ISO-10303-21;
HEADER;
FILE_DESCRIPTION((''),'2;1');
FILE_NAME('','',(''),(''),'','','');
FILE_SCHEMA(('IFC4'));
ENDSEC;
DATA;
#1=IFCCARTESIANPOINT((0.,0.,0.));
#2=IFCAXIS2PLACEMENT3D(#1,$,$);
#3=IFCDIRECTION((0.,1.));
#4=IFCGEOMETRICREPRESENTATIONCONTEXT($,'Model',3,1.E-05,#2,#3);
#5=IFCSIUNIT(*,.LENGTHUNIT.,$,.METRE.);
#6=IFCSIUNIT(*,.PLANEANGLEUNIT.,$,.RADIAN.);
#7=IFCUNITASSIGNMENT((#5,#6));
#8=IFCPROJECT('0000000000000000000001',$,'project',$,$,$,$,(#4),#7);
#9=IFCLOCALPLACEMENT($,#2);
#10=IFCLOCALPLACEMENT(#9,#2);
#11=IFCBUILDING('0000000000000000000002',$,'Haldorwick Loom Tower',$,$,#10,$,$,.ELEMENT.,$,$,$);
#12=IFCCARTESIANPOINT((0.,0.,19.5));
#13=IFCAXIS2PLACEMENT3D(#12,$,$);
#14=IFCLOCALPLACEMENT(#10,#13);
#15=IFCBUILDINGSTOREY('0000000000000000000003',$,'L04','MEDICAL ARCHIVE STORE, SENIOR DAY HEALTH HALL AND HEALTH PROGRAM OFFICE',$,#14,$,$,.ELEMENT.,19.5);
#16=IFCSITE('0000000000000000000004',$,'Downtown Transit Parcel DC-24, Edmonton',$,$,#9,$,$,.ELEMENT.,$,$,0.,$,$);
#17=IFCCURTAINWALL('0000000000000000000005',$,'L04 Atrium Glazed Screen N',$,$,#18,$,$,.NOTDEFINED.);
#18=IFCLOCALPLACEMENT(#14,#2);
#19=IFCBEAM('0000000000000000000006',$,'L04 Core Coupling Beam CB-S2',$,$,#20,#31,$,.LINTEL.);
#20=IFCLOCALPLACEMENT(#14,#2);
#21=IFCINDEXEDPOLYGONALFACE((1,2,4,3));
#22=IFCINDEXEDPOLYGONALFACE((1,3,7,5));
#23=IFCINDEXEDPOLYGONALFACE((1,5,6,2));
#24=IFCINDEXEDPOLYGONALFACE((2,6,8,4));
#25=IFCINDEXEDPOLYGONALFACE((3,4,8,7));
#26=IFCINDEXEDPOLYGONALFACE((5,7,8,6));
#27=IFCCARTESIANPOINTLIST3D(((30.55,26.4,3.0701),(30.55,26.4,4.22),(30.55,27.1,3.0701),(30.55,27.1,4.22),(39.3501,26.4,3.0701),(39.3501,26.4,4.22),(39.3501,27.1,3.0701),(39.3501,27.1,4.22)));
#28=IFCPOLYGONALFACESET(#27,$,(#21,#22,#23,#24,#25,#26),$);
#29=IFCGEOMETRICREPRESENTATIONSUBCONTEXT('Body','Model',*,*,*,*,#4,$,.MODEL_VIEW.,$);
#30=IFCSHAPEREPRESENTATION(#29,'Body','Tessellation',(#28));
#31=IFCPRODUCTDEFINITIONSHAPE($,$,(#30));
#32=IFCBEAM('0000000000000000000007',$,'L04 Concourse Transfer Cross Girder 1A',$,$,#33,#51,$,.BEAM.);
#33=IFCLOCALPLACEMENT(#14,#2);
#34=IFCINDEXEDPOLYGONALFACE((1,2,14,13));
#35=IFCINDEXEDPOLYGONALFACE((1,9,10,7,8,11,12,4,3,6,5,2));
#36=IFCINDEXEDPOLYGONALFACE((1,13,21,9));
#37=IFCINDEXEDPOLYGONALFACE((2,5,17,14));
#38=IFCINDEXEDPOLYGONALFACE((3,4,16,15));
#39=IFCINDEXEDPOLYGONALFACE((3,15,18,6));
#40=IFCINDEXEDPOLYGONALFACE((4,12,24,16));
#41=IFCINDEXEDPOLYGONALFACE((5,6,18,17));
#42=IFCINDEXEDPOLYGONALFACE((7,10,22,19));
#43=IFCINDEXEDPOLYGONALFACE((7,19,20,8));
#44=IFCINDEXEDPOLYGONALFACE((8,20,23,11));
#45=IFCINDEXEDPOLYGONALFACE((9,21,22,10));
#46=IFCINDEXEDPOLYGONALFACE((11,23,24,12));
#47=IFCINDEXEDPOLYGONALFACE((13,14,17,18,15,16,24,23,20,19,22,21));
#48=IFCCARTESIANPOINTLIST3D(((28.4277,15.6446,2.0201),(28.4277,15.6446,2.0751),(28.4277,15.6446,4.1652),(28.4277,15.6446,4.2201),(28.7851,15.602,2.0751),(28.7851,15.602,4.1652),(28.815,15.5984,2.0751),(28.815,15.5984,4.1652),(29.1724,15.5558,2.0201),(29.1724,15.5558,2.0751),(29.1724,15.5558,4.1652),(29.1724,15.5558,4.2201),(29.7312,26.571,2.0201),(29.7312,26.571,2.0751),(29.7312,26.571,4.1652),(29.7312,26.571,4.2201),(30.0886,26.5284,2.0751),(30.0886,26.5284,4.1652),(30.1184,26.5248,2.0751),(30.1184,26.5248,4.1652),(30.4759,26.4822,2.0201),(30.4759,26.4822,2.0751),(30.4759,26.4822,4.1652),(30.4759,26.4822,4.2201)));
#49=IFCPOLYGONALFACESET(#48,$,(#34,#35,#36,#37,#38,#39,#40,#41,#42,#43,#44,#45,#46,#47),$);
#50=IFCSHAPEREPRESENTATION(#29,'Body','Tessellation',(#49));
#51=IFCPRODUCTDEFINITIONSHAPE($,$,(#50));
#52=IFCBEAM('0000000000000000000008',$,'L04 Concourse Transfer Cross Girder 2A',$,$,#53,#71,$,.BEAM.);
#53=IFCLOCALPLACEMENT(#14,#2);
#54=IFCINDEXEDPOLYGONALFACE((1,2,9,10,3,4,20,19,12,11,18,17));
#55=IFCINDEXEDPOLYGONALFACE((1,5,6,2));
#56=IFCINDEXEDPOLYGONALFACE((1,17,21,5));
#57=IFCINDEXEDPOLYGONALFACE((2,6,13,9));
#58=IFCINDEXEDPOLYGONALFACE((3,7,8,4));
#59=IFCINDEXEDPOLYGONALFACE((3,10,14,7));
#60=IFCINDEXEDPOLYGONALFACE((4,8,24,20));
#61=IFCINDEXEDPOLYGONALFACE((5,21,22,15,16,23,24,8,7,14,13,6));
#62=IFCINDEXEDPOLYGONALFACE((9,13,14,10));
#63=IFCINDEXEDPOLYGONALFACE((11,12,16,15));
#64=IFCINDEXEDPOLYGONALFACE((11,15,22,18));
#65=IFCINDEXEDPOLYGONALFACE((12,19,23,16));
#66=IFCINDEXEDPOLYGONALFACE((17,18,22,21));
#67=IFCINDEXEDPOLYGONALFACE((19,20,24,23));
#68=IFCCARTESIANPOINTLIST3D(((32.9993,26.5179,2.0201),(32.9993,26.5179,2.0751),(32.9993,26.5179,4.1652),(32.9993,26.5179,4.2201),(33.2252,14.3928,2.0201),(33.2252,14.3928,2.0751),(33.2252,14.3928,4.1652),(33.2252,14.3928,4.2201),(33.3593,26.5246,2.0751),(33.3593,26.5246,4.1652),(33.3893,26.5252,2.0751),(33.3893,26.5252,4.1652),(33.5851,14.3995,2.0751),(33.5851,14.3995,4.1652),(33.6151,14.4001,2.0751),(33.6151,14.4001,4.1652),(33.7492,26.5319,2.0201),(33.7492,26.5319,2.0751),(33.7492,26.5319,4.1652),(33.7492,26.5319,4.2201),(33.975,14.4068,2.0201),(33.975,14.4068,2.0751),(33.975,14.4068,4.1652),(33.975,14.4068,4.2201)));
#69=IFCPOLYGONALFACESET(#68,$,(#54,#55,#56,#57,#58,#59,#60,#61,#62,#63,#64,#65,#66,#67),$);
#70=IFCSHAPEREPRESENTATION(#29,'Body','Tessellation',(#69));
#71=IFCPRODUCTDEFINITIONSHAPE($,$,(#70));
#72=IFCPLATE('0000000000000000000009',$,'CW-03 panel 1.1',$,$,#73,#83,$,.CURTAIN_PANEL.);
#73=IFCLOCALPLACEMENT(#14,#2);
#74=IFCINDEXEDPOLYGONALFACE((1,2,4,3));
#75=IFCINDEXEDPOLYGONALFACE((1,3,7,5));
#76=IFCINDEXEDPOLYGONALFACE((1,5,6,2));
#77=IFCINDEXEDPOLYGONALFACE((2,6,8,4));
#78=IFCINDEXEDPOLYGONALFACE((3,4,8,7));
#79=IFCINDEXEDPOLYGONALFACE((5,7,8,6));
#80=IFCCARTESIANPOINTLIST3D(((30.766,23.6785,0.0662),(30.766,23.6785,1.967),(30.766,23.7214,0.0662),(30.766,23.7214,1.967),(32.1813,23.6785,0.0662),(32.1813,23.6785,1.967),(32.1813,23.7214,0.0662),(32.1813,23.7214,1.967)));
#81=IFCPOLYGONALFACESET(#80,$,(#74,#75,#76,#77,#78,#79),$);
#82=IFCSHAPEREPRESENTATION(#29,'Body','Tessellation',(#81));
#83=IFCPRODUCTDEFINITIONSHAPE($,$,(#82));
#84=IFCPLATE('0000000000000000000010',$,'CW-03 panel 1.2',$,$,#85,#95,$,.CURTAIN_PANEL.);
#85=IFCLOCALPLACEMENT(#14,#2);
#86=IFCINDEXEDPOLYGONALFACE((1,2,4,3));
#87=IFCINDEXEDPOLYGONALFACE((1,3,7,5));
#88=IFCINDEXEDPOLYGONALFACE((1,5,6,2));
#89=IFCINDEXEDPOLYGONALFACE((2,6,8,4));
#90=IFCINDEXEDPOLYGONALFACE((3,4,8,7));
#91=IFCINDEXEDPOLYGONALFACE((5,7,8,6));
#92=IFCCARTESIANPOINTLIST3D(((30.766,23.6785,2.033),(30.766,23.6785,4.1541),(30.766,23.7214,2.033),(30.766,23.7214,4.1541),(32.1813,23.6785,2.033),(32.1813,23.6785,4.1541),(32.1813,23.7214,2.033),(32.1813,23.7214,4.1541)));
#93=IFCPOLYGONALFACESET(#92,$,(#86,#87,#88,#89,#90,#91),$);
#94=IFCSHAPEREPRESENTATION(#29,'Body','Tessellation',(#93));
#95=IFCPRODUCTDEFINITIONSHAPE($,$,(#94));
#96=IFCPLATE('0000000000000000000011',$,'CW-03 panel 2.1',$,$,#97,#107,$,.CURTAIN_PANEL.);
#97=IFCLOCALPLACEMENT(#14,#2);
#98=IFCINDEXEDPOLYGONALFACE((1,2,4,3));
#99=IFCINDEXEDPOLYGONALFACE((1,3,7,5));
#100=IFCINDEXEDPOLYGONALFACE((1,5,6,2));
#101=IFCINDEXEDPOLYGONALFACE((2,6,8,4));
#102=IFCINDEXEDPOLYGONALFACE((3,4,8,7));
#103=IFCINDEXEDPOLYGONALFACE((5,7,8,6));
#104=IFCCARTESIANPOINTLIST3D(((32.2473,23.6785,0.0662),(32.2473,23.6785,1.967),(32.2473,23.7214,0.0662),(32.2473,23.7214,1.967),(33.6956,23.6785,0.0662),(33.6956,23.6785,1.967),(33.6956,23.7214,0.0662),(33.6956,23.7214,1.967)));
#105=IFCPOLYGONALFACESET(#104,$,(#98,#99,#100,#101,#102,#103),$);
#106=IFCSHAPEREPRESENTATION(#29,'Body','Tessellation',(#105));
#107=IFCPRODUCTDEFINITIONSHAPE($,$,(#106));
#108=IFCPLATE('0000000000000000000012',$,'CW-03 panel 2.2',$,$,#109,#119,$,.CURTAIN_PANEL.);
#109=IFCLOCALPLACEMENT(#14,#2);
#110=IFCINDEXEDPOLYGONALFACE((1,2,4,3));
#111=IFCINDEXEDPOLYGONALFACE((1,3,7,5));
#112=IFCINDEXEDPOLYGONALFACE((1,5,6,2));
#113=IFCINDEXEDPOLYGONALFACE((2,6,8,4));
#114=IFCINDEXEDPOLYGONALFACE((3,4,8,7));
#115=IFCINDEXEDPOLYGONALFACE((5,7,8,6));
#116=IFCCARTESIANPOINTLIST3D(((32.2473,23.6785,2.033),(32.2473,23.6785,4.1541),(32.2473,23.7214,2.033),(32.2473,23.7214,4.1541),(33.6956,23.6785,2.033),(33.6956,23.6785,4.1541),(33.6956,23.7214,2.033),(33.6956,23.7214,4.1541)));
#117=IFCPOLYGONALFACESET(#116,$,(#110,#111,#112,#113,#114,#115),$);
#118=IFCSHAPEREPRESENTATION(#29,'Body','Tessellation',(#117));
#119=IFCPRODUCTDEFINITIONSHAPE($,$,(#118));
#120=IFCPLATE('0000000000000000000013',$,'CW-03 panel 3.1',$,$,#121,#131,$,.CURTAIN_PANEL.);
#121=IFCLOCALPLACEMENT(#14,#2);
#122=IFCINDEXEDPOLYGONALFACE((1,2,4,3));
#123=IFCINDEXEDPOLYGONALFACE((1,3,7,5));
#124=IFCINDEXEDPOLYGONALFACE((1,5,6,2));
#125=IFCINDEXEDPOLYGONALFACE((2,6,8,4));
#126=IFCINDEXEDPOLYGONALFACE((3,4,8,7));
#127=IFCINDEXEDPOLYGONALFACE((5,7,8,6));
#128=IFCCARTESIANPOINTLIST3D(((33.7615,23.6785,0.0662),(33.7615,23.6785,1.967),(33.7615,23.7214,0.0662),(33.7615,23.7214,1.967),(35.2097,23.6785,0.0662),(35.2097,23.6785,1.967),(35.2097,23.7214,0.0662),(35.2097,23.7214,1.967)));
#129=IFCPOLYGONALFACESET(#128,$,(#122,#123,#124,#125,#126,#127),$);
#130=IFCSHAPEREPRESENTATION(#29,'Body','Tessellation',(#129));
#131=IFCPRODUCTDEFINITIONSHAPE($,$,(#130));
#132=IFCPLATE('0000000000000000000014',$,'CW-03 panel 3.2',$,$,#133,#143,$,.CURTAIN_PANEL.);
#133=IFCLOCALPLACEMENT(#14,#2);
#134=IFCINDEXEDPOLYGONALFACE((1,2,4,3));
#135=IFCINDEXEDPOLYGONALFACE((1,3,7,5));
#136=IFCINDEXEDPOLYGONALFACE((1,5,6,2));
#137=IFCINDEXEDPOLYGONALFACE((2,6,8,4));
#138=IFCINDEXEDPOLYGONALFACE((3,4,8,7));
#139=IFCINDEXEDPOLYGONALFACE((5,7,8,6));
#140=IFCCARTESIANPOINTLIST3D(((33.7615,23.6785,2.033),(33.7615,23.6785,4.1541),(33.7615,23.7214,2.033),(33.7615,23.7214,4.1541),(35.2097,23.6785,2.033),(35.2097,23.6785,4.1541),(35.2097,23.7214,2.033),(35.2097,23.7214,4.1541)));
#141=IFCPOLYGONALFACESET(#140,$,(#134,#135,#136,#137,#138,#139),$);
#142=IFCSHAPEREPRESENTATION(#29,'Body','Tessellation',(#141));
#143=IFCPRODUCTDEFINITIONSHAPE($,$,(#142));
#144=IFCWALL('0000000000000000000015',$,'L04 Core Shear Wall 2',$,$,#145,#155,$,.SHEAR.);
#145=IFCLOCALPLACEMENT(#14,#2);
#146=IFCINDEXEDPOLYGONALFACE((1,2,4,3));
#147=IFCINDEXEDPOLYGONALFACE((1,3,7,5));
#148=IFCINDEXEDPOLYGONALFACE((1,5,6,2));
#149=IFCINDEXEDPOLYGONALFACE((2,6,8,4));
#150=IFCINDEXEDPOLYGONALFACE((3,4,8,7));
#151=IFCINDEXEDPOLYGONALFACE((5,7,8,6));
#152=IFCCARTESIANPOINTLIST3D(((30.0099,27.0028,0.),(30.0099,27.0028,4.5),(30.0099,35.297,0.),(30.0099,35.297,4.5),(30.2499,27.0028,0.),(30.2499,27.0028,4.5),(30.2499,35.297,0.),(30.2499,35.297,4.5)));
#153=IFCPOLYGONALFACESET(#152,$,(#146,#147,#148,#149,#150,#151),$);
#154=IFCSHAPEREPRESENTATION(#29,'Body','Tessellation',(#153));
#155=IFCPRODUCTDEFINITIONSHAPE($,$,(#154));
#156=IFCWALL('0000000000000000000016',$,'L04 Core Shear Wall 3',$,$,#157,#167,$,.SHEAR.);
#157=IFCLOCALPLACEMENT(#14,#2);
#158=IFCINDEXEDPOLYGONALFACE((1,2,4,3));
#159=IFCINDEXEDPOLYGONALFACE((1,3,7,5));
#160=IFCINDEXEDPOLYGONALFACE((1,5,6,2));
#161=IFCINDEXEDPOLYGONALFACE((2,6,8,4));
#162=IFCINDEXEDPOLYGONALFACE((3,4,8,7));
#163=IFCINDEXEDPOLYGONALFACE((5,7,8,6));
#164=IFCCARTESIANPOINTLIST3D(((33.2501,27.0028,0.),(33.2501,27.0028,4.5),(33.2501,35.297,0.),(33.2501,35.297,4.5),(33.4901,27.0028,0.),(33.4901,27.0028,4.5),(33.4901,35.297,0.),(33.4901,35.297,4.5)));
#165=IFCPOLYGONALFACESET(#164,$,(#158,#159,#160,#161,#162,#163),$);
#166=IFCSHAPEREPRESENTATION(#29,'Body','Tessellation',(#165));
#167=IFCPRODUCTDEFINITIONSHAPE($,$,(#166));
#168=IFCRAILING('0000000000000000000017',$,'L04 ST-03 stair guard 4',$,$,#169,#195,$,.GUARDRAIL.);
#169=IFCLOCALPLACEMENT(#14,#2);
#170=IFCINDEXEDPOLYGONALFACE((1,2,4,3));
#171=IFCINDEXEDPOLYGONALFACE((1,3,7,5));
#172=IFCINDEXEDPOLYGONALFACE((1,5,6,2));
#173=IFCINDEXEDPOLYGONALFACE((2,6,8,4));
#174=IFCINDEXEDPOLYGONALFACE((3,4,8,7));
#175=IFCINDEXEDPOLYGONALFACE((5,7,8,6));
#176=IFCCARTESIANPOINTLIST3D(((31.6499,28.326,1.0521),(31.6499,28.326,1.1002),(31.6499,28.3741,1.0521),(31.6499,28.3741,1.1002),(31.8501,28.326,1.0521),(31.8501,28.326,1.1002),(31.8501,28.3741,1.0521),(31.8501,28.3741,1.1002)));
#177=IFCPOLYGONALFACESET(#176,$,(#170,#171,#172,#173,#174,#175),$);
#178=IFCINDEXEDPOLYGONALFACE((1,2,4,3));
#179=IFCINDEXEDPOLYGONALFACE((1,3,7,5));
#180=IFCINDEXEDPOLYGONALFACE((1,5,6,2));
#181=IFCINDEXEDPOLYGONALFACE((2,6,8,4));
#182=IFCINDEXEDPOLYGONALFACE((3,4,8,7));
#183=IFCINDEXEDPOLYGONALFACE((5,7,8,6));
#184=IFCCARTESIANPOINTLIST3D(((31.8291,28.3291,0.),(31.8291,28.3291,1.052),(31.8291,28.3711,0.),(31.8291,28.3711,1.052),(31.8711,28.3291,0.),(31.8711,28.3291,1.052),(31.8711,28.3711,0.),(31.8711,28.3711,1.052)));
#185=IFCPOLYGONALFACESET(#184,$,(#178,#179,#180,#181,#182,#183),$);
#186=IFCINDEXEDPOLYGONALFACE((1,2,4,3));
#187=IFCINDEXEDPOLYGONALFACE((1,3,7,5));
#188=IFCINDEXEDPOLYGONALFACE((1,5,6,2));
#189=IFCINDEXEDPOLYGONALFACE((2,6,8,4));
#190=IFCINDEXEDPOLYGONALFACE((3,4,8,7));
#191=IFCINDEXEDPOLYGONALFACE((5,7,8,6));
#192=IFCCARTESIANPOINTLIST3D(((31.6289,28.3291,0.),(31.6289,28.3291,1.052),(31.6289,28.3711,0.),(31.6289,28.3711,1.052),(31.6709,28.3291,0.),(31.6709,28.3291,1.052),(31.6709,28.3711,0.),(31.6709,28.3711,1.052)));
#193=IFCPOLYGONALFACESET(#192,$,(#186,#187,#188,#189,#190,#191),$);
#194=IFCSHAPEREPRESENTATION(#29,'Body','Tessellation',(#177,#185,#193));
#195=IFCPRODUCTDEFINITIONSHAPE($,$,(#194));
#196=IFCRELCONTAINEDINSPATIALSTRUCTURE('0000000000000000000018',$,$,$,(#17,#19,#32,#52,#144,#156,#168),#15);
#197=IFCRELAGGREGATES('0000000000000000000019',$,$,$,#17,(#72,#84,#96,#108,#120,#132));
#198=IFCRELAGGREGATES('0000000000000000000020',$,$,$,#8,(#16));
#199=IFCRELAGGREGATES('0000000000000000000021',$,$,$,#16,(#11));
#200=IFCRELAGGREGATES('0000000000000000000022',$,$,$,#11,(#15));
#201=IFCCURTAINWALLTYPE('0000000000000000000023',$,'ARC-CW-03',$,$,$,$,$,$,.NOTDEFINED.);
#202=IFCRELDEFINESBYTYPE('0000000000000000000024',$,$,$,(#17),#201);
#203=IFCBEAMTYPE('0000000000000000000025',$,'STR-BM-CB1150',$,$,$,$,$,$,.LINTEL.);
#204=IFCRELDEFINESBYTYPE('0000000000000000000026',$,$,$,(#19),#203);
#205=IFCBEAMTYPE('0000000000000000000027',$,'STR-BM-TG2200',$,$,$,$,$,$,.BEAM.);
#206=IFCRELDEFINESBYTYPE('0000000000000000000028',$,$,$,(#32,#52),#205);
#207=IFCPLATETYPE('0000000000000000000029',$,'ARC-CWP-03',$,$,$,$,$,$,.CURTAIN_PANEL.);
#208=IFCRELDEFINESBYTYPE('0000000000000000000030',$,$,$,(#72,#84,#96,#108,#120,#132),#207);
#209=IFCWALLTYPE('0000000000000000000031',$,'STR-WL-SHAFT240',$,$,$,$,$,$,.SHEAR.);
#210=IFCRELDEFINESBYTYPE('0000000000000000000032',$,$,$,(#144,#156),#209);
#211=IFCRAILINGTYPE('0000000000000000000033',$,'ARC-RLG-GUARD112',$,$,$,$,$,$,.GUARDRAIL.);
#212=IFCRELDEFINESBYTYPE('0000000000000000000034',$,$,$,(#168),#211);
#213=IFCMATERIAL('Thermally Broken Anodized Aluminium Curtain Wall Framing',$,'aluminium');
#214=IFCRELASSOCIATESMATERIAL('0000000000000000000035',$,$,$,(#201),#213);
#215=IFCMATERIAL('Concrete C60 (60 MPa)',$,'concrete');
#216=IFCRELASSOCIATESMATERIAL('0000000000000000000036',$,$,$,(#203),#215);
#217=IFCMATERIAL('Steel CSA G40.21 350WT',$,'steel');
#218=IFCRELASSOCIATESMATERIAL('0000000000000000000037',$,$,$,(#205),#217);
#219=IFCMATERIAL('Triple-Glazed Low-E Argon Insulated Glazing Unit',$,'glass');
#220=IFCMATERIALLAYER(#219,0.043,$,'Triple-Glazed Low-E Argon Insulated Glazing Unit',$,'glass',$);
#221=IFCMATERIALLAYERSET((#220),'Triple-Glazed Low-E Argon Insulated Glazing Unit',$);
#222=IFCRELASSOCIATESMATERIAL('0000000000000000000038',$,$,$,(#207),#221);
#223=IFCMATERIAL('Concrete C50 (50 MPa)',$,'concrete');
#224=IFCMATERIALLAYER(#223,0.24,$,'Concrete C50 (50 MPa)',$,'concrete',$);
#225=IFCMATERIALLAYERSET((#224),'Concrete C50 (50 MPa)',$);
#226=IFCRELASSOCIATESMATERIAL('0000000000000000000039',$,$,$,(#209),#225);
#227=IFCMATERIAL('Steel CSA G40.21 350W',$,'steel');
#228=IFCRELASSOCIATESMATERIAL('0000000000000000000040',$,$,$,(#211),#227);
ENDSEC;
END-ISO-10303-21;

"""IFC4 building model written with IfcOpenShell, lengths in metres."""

from ifc_helpers import new_model, si_unit, direction, frame, frame_2d, origin, origin_2d, place, context, subcontext, project, spatial, rectangle, i_section, extrude, material, layer, layer_set, material_profile, profile_set, type_object, element, aggregate, save


model = new_model("IFC4")

# Units and contexts
model_context = context("Model", 3, precision=1e-05, world=origin(), true_north=direction((0.0, 1.0)))
body_context = subcontext(model_context, "Body", "Model", "MODEL_VIEW")
ifc_project = project(units=[si_unit("LENGTHUNIT", "METRE"), si_unit("PLANEANGLEUNIT", "RADIAN")], contexts=[model_context])

# Site, building, storey
site_placement = place(None, origin())
site = spatial("IfcSite", under=ifc_project, at=site_placement, Name="Downtown Transit Parcel DC-24, Edmonton", CompositionType="ELEMENT", RefElevation=0.0)
building_placement = place(site_placement, origin())
building = spatial("IfcBuilding", under=site, at=building_placement, Name="Haldorwick Loom Tower", CompositionType="ELEMENT")
storey_placement = place(building_placement, frame((0.0, 0.0, 19.5)))
storey = spatial("IfcBuildingStorey", under=building, at=storey_placement, Name="L04", Description="MEDICAL ARCHIVE STORE, SENIOR DAY HEALTH HALL AND HEALTH PROGRAM OFFICE", CompositionType="ELEMENT", Elevation=19.5)

# Shared definitions
ifc_material_1 = material(Name="Steel CSA G40.21 350WT", Category="steel")

# Curtain wall
ifc_material_2 = material(Name="Thermally Broken Anodized Aluminium Curtain Wall Framing", Category="aluminium")
curtain_wall_type = type_object("IfcCurtainWallType", Name="ARC-CW-03", PredefinedType="NOTDEFINED", material=ifc_material_2)
curtain_wall_placement = place(storey_placement, origin())
curtain_wall = element("IfcCurtainWall", 1, at=curtain_wall_placement, inside=storey, type_object=curtain_wall_type, Name="L04 Atrium Glazed Screen N", PredefinedType="NOTDEFINED")

# Beams
ifc_material_3 = material(Name="Concrete C60 (60 MPa)", Category="concrete")
ifc_material_profile_1 = material_profile(ifc_material_3, rectangle(XDim=0.7, YDim=1.1499, at=origin_2d()), Name="RC700X1150", Category="concrete")
ifc_profile_set_1 = profile_set([ifc_material_profile_1], Name="Concrete C60 (60 MPa)")
beam_type_1 = type_object("IfcBeamType", Name="STR-BM-CB1150", PredefinedType="LINTEL", material=ifc_profile_set_1)
beam_1_placement = place(storey_placement, frame((30.55, 26.75, 3.645), z_axis=(1.0, 0.0, 0.0), x_axis=(0.0, 1.0, 0.0)))
element("IfcBeam", 2, at=beam_1_placement, inside=storey, type_object=beam_type_1, Name="L04 Core Coupling Beam CB-S2", PredefinedType="LINTEL", context=body_context, shape_type="SweptSolid", body=[
    extrude(rectangle(XDim=0.7, YDim=1.1499, at=origin_2d()), origin(), (0.0, 0.0, 1.0), 8.8),
])
ifc_material_profile_2 = material_profile(ifc_material_1, i_section(OverallWidth=0.75, OverallDepth=2.2, WebThickness=0.03, FlangeThickness=0.0549, at=origin_2d()), Name="WWF2200X750", Category="steel")
ifc_profile_set_2 = profile_set([ifc_material_profile_2], Name="Steel CSA G40.21 350WT")
beam_type_2 = type_object("IfcBeamType", Name="STR-BM-TG2200", PredefinedType="BEAM", material=ifc_profile_set_2)
beam_2_placement = place(storey_placement, frame((30.1035, 26.5266, 3.1201), z_axis=(-0.118454, -0.99296, 0.0), x_axis=(0.99296, -0.118454, 0.0)))
element("IfcBeam", 3, at=beam_2_placement, inside=storey, type_object=beam_type_2, Name="L04 Concourse Transfer Cross Girder 1A", PredefinedType="BEAM", context=body_context, shape_type="SweptSolid", body=[
    extrude(i_section(OverallWidth=0.75, OverallDepth=2.2, WebThickness=0.03, FlangeThickness=0.0549, at=origin_2d()), origin(), (0.0, 0.0, 1.0), 11.0039),
])
beam_3_placement = place(storey_placement, frame((33.3743, 26.5249, 3.1201), z_axis=(0.018622, -0.999827, 0.0), x_axis=(0.999827, 0.018622, 0.0)))
element("IfcBeam", 4, at=beam_3_placement, inside=storey, type_object=beam_type_2, Name="L04 Concourse Transfer Cross Girder 2A", PredefinedType="BEAM", context=body_context, shape_type="SweptSolid", body=[
    extrude(i_section(OverallWidth=0.75, OverallDepth=2.2, WebThickness=0.03, FlangeThickness=0.0549, at=origin_2d()), origin(), (0.0, 0.0, 1.0), 12.1272),
])

# Plates
ifc_material_4 = material(Name="Triple-Glazed Low-E Argon Insulated Glazing Unit", Category="glass")
ifc_layer_1 = layer(ifc_material_4, 0.043, Name="Triple-Glazed Low-E Argon Insulated Glazing Unit", Category="glass")
ifc_layer_set_1 = layer_set([ifc_layer_1], Name="Triple-Glazed Low-E Argon Insulated Glazing Unit")
plate_type = type_object("IfcPlateType", Name="ARC-CWP-03", PredefinedType="CURTAIN_PANEL", material=ifc_layer_set_1)
plate_1_placement = place(storey_placement, frame((31.4736, 23.7, 0.0662), z_axis=(0.0, 0.0, 1.0), x_axis=(1.0, 0.0, 0.0)))
plate_1 = element("IfcPlate", 5, at=plate_1_placement, type_object=plate_type, Name="CW-03 panel 1.1", PredefinedType="CURTAIN_PANEL", context=body_context, shape_type="SweptSolid", body=[
    extrude(rectangle(XDim=1.4153, YDim=0.043, at=origin_2d()), origin(), (0.0, 0.0, 1.0), 1.9009),
])
plate_2_placement = place(storey_placement, frame((31.4736, 23.7, 2.033), z_axis=(0.0, 0.0, 1.0), x_axis=(1.0, 0.0, 0.0)))
plate_2 = element("IfcPlate", 6, at=plate_2_placement, type_object=plate_type, Name="CW-03 panel 1.2", PredefinedType="CURTAIN_PANEL", context=body_context, shape_type="SweptSolid", body=[
    extrude(rectangle(XDim=1.4153, YDim=0.043, at=origin_2d()), origin(), (0.0, 0.0, 1.0), 2.1211),
])
plate_3_placement = place(storey_placement, frame((32.9714, 23.7, 0.0662), z_axis=(0.0, 0.0, 1.0), x_axis=(1.0, 0.0, 0.0)))
plate_3 = element("IfcPlate", 7, at=plate_3_placement, type_object=plate_type, Name="CW-03 panel 2.1", PredefinedType="CURTAIN_PANEL", context=body_context, shape_type="SweptSolid", body=[
    extrude(rectangle(XDim=1.4482, YDim=0.043, at=origin_2d()), origin(), (0.0, 0.0, 1.0), 1.9009),
])
plate_4_placement = place(storey_placement, frame((32.9714, 23.7, 2.033), z_axis=(0.0, 0.0, 1.0), x_axis=(1.0, 0.0, 0.0)))
plate_4 = element("IfcPlate", 8, at=plate_4_placement, type_object=plate_type, Name="CW-03 panel 2.2", PredefinedType="CURTAIN_PANEL", context=body_context, shape_type="SweptSolid", body=[
    extrude(rectangle(XDim=1.4482, YDim=0.043, at=origin_2d()), origin(), (0.0, 0.0, 1.0), 2.1211),
])
plate_5_placement = place(storey_placement, frame((34.4856, 23.7, 0.0662), z_axis=(0.0, 0.0, 1.0), x_axis=(1.0, 0.0, 0.0)))
plate_5 = element("IfcPlate", 9, at=plate_5_placement, type_object=plate_type, Name="CW-03 panel 3.1", PredefinedType="CURTAIN_PANEL", context=body_context, shape_type="SweptSolid", body=[
    extrude(rectangle(XDim=1.4482, YDim=0.043, at=origin_2d()), origin(), (0.0, 0.0, 1.0), 1.9009),
])
plate_6_placement = place(storey_placement, frame((34.4856, 23.7, 2.033), z_axis=(0.0, 0.0, 1.0), x_axis=(1.0, 0.0, 0.0)))
plate_6 = element("IfcPlate", 10, at=plate_6_placement, type_object=plate_type, Name="CW-03 panel 3.2", PredefinedType="CURTAIN_PANEL", context=body_context, shape_type="SweptSolid", body=[
    extrude(rectangle(XDim=1.4482, YDim=0.043, at=origin_2d()), origin(), (0.0, 0.0, 1.0), 2.1211),
])
aggregate(curtain_wall, [plate_1, plate_2, plate_3, plate_4, plate_5, plate_6])

# Walls
ifc_material_5 = material(Name="Concrete C50 (50 MPa)", Category="concrete")
ifc_layer_2 = layer(ifc_material_5, 0.24, Name="Concrete C50 (50 MPa)", Category="concrete")
ifc_layer_set_2 = layer_set([ifc_layer_2], Name="Concrete C50 (50 MPa)")
wall_type = type_object("IfcWallType", Name="STR-WL-SHAFT240", PredefinedType="SHEAR", material=ifc_layer_set_2)
for number, where, z_axis, x_axis, name in (
    (11, (30.1299, 27.0029, 0.0), (0.0, 0.0, 1.0), (0.0, 1.0, 0.0), "L04 Core Shear Wall 2"),
    (12, (33.3701, 27.0029, 0.0), (0.0, 0.0, 1.0), (0.0, 1.0, 0.0), "L04 Core Shear Wall 3"),
):
    element("IfcWall", number, at=place(storey_placement, frame(where, z_axis=z_axis, x_axis=x_axis)), inside=storey, type_object=wall_type, Name=name, PredefinedType="SHEAR", context=body_context, shape_type="SweptSolid", body=[
        extrude(rectangle(XDim=8.2942, YDim=0.24, at=frame_2d((4.147, 0.0))), origin(), (0.0, 0.0, 1.0), 4.5),
    ])

# Railing
ifc_material_6 = material(Name="Steel CSA G40.21 350W", Category="steel")
railing_type = type_object("IfcRailingType", Name="ARC-RLG-GUARD112", PredefinedType="GUARDRAIL", material=ifc_material_6)
railing_placement = place(storey_placement, frame((31.8501, 28.3501, 0.0)))
element("IfcRailing", 13, at=railing_placement, inside=storey, type_object=railing_type, Name="L04 ST-03 stair guard 4", PredefinedType="GUARDRAIL", context=body_context, shape_type="SweptSolid", body=[
    extrude(rectangle(XDim=0.0481, YDim=0.0481, at=origin_2d()), frame((0.0, 0.0, 1.0762), z_axis=(-1.0, 0.0, 0.0), x_axis=(0.0, -1.0, 0.0)), (0.0, 0.0, 1.0), 0.2002),
    extrude(rectangle(XDim=0.042, YDim=0.042, at=origin_2d()), origin(), (0.0, 0.0, 1.0), 1.052),
    extrude(rectangle(XDim=0.042, YDim=0.042, at=origin_2d()), frame((-0.2002, 0.0, 0.0)), (0.0, 0.0, 1.0), 1.052),
])

save(model, "model.ifc")
